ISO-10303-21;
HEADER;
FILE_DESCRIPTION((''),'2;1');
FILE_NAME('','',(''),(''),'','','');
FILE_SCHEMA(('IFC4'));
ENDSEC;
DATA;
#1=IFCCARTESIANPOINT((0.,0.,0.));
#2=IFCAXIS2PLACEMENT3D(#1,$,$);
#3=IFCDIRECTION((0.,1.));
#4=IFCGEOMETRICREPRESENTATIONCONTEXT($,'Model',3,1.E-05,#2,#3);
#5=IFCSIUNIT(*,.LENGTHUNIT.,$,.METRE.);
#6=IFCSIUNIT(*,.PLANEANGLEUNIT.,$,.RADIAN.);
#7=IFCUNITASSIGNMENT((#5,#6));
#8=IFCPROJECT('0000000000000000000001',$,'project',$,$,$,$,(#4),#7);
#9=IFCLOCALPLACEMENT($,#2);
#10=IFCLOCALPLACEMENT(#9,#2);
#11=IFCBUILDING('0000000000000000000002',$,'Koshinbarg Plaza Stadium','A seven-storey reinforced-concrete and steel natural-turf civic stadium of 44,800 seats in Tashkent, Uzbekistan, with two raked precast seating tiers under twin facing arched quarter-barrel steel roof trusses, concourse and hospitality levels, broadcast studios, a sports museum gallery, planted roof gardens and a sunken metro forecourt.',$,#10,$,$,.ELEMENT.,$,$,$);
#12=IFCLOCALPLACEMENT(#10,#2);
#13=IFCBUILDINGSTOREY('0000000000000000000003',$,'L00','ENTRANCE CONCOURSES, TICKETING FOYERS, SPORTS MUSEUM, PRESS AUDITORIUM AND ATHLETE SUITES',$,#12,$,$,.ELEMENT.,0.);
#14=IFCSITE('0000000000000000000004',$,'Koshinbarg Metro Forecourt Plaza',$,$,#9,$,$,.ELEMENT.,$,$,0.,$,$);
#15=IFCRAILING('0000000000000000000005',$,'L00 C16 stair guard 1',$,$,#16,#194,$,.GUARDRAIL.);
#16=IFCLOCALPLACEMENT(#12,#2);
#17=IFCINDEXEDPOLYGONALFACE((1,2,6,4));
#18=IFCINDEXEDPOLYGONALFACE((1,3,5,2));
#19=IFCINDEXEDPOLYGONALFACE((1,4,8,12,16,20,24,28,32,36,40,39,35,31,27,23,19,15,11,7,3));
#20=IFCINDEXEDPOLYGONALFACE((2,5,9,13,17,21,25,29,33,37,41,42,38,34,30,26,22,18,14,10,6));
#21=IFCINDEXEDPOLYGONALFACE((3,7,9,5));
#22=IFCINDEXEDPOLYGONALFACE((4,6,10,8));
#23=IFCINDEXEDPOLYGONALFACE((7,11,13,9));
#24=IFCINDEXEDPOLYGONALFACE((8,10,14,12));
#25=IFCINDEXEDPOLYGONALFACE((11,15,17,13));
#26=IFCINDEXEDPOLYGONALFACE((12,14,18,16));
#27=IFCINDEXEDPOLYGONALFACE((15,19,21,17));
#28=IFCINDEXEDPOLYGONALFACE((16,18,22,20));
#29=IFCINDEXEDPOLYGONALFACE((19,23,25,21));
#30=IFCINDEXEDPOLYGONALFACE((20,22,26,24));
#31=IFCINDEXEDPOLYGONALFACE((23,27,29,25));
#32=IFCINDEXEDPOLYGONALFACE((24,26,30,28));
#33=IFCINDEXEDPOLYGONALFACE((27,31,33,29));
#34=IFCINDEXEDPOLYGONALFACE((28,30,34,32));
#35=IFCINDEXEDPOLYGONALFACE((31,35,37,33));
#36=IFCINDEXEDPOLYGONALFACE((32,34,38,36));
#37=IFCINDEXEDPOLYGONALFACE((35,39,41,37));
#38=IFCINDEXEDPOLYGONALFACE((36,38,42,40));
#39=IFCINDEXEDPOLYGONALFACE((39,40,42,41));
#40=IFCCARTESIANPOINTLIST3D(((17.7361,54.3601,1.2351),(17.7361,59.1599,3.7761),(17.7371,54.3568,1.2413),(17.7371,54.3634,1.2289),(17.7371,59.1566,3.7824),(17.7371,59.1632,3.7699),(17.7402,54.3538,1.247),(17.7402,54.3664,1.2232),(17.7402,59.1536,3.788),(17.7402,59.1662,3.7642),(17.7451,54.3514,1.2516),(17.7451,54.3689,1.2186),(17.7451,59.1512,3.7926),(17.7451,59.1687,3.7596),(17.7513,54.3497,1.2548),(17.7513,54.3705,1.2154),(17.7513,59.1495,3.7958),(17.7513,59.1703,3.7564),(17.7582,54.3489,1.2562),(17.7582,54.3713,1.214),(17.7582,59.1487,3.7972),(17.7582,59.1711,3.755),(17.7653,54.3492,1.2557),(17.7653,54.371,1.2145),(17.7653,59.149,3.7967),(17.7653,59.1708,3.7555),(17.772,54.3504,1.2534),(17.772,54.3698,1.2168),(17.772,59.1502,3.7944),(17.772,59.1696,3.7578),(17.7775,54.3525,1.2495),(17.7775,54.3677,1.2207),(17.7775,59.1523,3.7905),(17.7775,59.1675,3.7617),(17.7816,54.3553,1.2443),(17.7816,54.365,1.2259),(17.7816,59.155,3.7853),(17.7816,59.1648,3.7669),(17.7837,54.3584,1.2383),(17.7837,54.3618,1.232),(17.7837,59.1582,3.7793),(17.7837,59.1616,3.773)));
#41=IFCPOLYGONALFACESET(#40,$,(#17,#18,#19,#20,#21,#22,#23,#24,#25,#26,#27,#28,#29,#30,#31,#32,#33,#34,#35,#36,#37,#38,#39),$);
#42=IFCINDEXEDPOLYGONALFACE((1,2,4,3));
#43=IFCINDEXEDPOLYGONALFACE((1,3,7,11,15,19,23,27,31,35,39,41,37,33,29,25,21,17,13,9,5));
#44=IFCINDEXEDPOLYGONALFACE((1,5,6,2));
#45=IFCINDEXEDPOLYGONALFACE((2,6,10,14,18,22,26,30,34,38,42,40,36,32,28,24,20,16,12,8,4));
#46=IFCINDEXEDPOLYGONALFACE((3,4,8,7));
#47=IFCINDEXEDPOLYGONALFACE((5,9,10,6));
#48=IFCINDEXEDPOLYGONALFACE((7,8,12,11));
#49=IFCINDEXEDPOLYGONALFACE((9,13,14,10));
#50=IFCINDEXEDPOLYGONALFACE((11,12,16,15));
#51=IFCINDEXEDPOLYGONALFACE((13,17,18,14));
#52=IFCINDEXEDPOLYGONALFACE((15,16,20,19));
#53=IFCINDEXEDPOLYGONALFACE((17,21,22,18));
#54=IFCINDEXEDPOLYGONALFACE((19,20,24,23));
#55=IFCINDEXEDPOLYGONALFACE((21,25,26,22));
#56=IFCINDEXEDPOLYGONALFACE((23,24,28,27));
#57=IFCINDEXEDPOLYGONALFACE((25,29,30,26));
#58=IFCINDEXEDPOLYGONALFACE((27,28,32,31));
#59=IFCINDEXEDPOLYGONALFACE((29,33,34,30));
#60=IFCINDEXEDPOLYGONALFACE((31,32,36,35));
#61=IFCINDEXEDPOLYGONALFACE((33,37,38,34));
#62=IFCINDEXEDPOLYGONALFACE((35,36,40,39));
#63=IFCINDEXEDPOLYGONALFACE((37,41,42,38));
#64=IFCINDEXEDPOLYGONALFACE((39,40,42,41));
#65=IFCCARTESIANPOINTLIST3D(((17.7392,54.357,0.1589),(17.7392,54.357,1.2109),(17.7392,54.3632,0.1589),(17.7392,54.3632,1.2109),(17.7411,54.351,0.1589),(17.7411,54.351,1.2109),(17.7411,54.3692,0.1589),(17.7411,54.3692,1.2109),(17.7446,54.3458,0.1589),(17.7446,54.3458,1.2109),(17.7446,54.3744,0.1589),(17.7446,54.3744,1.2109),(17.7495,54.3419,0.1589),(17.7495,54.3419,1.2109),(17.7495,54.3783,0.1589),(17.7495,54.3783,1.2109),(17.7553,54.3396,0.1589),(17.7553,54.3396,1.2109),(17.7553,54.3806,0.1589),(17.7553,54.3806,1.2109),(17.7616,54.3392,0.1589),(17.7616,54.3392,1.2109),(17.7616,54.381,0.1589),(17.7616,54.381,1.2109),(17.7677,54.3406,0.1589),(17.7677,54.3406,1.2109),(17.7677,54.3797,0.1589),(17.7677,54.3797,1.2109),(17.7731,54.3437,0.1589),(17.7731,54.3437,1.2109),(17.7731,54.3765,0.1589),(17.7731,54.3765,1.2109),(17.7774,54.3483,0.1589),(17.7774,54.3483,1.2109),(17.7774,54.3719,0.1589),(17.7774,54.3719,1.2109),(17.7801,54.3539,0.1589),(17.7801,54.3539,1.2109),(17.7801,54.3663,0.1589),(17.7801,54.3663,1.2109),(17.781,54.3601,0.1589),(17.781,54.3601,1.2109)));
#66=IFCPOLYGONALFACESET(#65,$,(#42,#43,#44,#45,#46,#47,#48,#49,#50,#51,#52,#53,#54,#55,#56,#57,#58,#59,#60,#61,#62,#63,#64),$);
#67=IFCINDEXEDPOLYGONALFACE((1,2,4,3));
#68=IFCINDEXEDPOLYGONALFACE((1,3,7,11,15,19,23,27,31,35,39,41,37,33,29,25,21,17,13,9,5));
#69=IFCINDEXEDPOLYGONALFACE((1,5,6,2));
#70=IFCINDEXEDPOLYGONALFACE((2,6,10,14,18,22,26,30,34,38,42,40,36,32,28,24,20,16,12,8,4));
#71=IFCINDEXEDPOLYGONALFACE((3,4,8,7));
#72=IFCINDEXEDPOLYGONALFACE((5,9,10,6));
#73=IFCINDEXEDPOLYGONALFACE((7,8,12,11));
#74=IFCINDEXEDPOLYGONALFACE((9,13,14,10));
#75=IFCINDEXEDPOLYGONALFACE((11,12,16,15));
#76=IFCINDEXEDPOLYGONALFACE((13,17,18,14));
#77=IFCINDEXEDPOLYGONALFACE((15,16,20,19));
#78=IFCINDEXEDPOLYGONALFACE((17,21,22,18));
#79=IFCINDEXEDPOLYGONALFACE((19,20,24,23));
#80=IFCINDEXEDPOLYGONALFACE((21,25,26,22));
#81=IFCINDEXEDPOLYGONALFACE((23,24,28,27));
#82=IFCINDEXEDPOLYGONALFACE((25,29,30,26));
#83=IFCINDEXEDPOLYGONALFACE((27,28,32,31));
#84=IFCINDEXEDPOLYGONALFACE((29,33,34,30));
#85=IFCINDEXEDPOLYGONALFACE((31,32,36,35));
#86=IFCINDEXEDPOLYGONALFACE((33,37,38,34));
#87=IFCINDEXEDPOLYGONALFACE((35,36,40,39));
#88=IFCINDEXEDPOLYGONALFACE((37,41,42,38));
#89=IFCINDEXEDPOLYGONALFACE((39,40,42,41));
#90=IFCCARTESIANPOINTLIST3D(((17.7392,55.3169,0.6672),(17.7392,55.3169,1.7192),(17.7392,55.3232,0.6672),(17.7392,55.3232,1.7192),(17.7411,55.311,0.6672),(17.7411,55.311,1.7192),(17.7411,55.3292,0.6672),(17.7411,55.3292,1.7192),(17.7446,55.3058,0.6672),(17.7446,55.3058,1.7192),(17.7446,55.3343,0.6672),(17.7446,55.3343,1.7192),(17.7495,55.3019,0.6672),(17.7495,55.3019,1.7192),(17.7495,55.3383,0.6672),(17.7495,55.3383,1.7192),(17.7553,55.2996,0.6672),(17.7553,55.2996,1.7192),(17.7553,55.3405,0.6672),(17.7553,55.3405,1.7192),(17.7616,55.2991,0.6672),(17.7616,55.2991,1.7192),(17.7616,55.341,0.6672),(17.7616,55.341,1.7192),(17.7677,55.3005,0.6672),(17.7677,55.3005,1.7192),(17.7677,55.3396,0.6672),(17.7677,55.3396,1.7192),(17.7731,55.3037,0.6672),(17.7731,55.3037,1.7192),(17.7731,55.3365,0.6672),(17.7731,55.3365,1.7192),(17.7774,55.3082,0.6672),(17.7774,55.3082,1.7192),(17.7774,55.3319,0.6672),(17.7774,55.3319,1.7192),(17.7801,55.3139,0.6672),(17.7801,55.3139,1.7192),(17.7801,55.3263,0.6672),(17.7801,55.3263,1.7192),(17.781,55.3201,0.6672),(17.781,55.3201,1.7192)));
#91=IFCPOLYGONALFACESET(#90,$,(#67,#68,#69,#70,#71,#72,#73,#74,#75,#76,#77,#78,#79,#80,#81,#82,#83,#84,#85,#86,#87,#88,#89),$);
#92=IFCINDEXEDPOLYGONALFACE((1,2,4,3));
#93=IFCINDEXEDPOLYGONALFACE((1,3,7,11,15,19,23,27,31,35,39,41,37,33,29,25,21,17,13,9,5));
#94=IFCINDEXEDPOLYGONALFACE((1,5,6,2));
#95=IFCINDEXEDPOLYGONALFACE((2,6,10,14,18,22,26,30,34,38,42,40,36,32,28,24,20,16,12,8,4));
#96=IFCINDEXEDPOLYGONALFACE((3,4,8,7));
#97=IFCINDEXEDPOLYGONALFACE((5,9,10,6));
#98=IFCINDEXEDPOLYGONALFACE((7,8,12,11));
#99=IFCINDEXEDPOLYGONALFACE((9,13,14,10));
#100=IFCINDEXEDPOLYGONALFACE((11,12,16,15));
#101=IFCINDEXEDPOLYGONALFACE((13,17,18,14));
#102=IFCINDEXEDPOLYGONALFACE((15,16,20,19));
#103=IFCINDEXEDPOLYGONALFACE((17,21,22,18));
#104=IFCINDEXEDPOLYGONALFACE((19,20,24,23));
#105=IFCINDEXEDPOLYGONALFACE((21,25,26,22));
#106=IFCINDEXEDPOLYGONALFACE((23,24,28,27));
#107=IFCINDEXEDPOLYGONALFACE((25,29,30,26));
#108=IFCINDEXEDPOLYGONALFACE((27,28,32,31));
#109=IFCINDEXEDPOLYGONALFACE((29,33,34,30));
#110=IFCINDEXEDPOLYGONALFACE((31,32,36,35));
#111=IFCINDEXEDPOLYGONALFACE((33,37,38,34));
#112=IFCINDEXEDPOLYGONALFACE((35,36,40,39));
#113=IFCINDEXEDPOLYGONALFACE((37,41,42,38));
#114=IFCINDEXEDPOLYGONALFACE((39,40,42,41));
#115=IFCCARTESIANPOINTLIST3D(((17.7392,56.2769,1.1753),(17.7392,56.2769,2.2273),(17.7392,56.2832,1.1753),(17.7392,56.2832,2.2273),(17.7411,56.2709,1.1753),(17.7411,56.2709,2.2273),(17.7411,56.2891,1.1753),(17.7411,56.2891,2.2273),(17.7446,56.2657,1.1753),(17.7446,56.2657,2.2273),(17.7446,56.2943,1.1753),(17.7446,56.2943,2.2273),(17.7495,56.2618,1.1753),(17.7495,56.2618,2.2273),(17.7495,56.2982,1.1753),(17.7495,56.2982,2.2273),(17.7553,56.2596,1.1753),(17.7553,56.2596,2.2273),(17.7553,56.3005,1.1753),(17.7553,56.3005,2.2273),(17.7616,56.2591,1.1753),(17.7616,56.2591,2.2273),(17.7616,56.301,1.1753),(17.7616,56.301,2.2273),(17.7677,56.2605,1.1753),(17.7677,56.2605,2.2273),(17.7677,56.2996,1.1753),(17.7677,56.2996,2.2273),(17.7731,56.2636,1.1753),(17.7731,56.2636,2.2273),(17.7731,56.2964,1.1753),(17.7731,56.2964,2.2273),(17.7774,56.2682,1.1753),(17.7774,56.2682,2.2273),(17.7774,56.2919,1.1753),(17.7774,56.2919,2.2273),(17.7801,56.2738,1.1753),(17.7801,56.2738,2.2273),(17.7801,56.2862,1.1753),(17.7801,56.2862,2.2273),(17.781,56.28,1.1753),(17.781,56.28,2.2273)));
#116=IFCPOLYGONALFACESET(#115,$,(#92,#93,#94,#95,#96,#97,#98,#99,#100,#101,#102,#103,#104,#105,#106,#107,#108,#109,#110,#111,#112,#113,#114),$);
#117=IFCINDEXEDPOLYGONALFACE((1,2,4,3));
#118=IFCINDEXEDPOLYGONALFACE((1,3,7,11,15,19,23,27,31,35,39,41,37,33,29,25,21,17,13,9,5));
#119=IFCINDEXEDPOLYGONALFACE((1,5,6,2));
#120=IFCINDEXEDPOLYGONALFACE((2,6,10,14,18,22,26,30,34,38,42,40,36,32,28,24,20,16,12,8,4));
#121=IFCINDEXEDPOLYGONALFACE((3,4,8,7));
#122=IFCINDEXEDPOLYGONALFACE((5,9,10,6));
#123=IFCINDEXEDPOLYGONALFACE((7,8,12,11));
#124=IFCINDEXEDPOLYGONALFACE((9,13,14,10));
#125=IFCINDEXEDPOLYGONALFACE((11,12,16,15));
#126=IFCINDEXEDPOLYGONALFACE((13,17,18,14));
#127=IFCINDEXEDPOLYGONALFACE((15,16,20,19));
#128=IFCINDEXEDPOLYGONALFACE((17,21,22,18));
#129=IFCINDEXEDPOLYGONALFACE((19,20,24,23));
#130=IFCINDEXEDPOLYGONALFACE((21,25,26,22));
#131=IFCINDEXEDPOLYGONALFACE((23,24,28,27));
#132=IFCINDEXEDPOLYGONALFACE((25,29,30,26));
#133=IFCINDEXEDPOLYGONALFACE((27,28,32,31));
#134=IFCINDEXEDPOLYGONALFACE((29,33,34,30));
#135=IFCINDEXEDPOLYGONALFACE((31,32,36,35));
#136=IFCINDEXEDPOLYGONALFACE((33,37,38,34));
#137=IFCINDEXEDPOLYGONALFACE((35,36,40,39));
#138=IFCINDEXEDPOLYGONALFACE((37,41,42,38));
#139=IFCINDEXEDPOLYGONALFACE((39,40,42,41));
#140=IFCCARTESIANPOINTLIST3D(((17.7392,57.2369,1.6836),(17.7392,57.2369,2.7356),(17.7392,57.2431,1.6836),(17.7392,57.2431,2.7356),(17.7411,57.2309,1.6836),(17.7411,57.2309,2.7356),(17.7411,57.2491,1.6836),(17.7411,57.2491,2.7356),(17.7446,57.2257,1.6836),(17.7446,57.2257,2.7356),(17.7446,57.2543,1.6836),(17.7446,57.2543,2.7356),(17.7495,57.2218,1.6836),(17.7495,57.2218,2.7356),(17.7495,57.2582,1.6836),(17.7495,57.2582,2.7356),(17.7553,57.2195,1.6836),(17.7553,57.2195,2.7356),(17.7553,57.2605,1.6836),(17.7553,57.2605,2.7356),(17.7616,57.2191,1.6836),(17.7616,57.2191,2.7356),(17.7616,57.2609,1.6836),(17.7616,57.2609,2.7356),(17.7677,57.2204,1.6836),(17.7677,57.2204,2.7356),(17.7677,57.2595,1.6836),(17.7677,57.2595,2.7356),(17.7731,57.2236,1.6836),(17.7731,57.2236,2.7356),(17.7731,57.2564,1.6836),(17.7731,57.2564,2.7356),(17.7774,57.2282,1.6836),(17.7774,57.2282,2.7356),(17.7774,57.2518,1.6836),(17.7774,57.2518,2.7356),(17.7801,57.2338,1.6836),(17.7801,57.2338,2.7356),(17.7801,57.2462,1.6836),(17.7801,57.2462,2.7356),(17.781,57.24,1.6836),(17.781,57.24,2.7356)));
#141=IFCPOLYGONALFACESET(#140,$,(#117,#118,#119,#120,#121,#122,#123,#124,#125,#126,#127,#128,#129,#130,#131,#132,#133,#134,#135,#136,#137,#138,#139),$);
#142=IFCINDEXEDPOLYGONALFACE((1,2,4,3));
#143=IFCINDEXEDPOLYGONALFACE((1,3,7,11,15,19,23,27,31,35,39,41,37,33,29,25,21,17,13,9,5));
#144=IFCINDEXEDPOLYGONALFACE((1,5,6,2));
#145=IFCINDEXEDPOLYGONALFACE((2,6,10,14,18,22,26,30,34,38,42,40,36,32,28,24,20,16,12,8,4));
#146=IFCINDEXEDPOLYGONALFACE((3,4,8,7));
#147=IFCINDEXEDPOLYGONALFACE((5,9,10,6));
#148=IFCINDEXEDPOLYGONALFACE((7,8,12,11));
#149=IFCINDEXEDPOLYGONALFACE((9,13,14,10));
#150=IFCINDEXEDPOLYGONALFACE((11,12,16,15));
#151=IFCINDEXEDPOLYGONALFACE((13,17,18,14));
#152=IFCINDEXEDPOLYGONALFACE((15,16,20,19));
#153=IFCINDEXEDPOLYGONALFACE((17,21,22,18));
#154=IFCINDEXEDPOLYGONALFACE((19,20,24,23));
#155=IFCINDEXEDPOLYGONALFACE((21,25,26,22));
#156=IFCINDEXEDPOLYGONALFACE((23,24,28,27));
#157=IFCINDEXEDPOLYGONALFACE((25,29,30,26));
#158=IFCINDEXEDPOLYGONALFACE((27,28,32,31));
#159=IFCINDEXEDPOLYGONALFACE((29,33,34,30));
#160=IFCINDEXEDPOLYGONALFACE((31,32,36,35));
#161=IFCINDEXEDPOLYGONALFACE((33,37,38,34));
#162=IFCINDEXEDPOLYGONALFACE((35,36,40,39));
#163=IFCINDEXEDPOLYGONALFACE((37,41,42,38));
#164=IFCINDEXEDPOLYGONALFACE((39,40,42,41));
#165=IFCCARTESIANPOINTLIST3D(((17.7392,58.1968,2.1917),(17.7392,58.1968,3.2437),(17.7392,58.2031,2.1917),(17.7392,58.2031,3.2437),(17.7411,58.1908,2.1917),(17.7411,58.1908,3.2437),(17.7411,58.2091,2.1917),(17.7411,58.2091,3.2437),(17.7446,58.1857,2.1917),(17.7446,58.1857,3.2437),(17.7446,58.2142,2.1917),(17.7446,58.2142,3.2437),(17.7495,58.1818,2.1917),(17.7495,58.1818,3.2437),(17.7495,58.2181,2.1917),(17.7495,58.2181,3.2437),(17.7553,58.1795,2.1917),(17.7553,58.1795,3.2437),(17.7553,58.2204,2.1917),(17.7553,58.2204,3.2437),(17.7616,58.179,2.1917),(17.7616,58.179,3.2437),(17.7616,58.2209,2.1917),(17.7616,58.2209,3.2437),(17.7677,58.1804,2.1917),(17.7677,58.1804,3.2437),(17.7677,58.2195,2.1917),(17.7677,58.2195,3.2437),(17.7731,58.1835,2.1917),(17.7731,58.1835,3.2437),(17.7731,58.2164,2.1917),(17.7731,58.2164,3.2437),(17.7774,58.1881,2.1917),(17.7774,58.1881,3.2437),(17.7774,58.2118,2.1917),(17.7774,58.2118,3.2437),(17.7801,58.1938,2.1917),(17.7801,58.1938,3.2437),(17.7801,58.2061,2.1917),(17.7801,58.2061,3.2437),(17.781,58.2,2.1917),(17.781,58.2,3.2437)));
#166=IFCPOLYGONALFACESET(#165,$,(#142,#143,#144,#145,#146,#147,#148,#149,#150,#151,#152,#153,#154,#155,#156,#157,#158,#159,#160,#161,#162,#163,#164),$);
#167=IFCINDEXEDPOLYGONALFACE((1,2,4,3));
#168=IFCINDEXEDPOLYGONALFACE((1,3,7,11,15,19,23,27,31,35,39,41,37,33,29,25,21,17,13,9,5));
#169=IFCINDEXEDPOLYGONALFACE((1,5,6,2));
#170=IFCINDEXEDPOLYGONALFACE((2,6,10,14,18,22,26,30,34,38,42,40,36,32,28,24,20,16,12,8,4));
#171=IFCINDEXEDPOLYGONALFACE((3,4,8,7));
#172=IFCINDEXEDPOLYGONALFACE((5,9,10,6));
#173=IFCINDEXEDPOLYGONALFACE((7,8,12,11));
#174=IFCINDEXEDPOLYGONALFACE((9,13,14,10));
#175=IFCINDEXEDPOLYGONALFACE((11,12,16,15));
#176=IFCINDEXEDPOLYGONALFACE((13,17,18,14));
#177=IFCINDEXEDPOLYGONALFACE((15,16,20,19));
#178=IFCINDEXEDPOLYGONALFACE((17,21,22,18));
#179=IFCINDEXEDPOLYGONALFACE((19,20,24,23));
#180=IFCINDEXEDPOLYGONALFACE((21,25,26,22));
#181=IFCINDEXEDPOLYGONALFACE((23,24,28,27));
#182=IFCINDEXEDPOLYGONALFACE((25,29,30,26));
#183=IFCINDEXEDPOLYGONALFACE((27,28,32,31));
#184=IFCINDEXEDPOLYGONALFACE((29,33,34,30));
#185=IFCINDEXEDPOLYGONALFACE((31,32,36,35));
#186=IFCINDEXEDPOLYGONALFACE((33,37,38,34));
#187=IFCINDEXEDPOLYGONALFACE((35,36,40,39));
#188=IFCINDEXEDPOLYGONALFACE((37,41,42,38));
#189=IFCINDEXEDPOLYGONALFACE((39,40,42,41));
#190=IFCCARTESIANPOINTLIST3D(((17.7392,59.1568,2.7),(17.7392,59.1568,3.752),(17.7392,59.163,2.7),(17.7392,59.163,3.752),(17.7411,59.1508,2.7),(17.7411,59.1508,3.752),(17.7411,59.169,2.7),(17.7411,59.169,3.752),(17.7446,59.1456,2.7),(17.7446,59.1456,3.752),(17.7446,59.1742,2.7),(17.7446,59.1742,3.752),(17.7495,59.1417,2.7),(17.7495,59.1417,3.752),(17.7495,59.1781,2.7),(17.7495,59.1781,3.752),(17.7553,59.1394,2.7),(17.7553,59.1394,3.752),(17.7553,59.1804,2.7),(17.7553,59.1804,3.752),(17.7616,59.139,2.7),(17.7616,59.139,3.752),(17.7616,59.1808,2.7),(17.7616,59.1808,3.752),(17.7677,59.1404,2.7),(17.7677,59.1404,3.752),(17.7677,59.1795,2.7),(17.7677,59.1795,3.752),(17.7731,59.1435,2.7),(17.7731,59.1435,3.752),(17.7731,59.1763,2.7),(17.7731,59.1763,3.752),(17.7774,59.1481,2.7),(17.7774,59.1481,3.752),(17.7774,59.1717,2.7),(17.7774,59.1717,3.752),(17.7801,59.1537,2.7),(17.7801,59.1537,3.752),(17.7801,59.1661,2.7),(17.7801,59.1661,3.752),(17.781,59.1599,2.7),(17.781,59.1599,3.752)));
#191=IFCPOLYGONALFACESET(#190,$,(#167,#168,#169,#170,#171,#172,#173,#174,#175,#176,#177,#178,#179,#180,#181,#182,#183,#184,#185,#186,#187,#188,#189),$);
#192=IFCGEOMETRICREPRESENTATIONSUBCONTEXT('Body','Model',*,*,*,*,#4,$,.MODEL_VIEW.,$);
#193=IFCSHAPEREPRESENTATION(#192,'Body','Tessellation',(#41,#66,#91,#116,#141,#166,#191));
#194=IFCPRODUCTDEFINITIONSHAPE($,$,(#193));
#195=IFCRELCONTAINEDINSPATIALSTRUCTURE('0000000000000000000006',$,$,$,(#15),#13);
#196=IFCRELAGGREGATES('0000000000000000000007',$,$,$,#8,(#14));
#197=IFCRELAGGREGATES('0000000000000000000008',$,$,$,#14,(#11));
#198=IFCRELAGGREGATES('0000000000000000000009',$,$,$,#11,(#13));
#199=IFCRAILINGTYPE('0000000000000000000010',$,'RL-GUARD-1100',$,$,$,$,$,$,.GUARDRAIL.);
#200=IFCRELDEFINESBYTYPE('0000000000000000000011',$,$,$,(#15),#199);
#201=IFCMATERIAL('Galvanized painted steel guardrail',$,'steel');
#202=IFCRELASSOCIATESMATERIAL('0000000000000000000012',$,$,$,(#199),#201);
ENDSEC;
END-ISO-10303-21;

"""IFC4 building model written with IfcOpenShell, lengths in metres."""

from ifc_helpers import new_model, si_unit, direction, frame, origin, origin_2d, place, context, subcontext, project, spatial, circle, extrude, material, type_object, element, save


model = new_model("IFC4")

# Units and contexts
model_context = context("Model", 3, precision=1e-05, world=origin(), true_north=direction((0.0, 1.0)))
body_context = subcontext(model_context, "Body", "Model", "MODEL_VIEW")
ifc_project = project(units=[si_unit("LENGTHUNIT", "METRE"), si_unit("PLANEANGLEUNIT", "RADIAN")], contexts=[model_context])

# Site, building, storey
site_placement = place(None, origin())
site = spatial("IfcSite", under=ifc_project, at=site_placement, Name="Koshinbarg Metro Forecourt Plaza", CompositionType="ELEMENT", RefElevation=0.0)
building_placement = place(site_placement, origin())
building = spatial("IfcBuilding", under=site, at=building_placement, Name="Koshinbarg Plaza Stadium", Description="A seven-storey reinforced-concrete and steel natural-turf civic stadium of 44,800 seats in Tashkent, Uzbekistan, with two raked precast seating tiers under twin facing arched quarter-barrel steel roof trusses, concourse and hospitality levels, broadcast studios, a sports museum gallery, planted roof gardens and a sunken metro forecourt.", CompositionType="ELEMENT")
storey_placement = place(building_placement, origin())
storey = spatial("IfcBuildingStorey", under=building, at=storey_placement, Name="L00", Description="ENTRANCE CONCOURSES, TICKETING FOYERS, SPORTS MUSEUM, PRESS AUDITORIUM AND ATHLETE SUITES", CompositionType="ELEMENT", Elevation=0.0)

# Railing
ifc_material_1 = material(Name="Galvanized painted steel guardrail", Category="steel")
railing_type_1 = type_object("IfcRailingType", Name="RL-GUARD-1100", PredefinedType="GUARDRAIL", material=ifc_material_1)
railing_1_placement = place(storey_placement, frame((17.76, 54.3601, 0.1589)))
element("IfcRailing", 1, at=railing_1_placement, inside=storey, type_object=railing_type_1, Name="L00 C16 stair guard 1", PredefinedType="GUARDRAIL", context=body_context, shape_type="SweptSolid", body=[
    extrude(circle(Radius=0.0239, at=origin_2d()), frame((0.0, 0.0, 1.0762), z_axis=(0.0, 0.883792, 0.467879), x_axis=(-1.0, 0.0, 0.0)), (0.0, 0.0, 1.0), 5.4309),
    extrude(circle(Radius=0.021, at=origin_2d()), origin(), (0.0, 0.0, 1.0), 1.052),
    extrude(circle(Radius=0.021, at=origin_2d()), frame((0.0, 0.96, 0.5083)), (0.0, 0.0, 1.0), 1.052),
    extrude(circle(Radius=0.021, at=origin_2d()), frame((0.0, 1.9199, 1.0164)), (0.0, 0.0, 1.0), 1.052),
    extrude(circle(Radius=0.021, at=origin_2d()), frame((0.0, 2.8799, 1.5247)), (0.0, 0.0, 1.0), 1.052),
    extrude(circle(Radius=0.021, at=origin_2d()), frame((0.0, 3.8398, 2.0327)), (0.0, 0.0, 1.0), 1.052),
    extrude(circle(Radius=0.021, at=origin_2d()), frame((0.0, 4.7998, 2.541)), (0.0, 0.0, 1.0), 1.052),
])

save(model, "model.ifc")
